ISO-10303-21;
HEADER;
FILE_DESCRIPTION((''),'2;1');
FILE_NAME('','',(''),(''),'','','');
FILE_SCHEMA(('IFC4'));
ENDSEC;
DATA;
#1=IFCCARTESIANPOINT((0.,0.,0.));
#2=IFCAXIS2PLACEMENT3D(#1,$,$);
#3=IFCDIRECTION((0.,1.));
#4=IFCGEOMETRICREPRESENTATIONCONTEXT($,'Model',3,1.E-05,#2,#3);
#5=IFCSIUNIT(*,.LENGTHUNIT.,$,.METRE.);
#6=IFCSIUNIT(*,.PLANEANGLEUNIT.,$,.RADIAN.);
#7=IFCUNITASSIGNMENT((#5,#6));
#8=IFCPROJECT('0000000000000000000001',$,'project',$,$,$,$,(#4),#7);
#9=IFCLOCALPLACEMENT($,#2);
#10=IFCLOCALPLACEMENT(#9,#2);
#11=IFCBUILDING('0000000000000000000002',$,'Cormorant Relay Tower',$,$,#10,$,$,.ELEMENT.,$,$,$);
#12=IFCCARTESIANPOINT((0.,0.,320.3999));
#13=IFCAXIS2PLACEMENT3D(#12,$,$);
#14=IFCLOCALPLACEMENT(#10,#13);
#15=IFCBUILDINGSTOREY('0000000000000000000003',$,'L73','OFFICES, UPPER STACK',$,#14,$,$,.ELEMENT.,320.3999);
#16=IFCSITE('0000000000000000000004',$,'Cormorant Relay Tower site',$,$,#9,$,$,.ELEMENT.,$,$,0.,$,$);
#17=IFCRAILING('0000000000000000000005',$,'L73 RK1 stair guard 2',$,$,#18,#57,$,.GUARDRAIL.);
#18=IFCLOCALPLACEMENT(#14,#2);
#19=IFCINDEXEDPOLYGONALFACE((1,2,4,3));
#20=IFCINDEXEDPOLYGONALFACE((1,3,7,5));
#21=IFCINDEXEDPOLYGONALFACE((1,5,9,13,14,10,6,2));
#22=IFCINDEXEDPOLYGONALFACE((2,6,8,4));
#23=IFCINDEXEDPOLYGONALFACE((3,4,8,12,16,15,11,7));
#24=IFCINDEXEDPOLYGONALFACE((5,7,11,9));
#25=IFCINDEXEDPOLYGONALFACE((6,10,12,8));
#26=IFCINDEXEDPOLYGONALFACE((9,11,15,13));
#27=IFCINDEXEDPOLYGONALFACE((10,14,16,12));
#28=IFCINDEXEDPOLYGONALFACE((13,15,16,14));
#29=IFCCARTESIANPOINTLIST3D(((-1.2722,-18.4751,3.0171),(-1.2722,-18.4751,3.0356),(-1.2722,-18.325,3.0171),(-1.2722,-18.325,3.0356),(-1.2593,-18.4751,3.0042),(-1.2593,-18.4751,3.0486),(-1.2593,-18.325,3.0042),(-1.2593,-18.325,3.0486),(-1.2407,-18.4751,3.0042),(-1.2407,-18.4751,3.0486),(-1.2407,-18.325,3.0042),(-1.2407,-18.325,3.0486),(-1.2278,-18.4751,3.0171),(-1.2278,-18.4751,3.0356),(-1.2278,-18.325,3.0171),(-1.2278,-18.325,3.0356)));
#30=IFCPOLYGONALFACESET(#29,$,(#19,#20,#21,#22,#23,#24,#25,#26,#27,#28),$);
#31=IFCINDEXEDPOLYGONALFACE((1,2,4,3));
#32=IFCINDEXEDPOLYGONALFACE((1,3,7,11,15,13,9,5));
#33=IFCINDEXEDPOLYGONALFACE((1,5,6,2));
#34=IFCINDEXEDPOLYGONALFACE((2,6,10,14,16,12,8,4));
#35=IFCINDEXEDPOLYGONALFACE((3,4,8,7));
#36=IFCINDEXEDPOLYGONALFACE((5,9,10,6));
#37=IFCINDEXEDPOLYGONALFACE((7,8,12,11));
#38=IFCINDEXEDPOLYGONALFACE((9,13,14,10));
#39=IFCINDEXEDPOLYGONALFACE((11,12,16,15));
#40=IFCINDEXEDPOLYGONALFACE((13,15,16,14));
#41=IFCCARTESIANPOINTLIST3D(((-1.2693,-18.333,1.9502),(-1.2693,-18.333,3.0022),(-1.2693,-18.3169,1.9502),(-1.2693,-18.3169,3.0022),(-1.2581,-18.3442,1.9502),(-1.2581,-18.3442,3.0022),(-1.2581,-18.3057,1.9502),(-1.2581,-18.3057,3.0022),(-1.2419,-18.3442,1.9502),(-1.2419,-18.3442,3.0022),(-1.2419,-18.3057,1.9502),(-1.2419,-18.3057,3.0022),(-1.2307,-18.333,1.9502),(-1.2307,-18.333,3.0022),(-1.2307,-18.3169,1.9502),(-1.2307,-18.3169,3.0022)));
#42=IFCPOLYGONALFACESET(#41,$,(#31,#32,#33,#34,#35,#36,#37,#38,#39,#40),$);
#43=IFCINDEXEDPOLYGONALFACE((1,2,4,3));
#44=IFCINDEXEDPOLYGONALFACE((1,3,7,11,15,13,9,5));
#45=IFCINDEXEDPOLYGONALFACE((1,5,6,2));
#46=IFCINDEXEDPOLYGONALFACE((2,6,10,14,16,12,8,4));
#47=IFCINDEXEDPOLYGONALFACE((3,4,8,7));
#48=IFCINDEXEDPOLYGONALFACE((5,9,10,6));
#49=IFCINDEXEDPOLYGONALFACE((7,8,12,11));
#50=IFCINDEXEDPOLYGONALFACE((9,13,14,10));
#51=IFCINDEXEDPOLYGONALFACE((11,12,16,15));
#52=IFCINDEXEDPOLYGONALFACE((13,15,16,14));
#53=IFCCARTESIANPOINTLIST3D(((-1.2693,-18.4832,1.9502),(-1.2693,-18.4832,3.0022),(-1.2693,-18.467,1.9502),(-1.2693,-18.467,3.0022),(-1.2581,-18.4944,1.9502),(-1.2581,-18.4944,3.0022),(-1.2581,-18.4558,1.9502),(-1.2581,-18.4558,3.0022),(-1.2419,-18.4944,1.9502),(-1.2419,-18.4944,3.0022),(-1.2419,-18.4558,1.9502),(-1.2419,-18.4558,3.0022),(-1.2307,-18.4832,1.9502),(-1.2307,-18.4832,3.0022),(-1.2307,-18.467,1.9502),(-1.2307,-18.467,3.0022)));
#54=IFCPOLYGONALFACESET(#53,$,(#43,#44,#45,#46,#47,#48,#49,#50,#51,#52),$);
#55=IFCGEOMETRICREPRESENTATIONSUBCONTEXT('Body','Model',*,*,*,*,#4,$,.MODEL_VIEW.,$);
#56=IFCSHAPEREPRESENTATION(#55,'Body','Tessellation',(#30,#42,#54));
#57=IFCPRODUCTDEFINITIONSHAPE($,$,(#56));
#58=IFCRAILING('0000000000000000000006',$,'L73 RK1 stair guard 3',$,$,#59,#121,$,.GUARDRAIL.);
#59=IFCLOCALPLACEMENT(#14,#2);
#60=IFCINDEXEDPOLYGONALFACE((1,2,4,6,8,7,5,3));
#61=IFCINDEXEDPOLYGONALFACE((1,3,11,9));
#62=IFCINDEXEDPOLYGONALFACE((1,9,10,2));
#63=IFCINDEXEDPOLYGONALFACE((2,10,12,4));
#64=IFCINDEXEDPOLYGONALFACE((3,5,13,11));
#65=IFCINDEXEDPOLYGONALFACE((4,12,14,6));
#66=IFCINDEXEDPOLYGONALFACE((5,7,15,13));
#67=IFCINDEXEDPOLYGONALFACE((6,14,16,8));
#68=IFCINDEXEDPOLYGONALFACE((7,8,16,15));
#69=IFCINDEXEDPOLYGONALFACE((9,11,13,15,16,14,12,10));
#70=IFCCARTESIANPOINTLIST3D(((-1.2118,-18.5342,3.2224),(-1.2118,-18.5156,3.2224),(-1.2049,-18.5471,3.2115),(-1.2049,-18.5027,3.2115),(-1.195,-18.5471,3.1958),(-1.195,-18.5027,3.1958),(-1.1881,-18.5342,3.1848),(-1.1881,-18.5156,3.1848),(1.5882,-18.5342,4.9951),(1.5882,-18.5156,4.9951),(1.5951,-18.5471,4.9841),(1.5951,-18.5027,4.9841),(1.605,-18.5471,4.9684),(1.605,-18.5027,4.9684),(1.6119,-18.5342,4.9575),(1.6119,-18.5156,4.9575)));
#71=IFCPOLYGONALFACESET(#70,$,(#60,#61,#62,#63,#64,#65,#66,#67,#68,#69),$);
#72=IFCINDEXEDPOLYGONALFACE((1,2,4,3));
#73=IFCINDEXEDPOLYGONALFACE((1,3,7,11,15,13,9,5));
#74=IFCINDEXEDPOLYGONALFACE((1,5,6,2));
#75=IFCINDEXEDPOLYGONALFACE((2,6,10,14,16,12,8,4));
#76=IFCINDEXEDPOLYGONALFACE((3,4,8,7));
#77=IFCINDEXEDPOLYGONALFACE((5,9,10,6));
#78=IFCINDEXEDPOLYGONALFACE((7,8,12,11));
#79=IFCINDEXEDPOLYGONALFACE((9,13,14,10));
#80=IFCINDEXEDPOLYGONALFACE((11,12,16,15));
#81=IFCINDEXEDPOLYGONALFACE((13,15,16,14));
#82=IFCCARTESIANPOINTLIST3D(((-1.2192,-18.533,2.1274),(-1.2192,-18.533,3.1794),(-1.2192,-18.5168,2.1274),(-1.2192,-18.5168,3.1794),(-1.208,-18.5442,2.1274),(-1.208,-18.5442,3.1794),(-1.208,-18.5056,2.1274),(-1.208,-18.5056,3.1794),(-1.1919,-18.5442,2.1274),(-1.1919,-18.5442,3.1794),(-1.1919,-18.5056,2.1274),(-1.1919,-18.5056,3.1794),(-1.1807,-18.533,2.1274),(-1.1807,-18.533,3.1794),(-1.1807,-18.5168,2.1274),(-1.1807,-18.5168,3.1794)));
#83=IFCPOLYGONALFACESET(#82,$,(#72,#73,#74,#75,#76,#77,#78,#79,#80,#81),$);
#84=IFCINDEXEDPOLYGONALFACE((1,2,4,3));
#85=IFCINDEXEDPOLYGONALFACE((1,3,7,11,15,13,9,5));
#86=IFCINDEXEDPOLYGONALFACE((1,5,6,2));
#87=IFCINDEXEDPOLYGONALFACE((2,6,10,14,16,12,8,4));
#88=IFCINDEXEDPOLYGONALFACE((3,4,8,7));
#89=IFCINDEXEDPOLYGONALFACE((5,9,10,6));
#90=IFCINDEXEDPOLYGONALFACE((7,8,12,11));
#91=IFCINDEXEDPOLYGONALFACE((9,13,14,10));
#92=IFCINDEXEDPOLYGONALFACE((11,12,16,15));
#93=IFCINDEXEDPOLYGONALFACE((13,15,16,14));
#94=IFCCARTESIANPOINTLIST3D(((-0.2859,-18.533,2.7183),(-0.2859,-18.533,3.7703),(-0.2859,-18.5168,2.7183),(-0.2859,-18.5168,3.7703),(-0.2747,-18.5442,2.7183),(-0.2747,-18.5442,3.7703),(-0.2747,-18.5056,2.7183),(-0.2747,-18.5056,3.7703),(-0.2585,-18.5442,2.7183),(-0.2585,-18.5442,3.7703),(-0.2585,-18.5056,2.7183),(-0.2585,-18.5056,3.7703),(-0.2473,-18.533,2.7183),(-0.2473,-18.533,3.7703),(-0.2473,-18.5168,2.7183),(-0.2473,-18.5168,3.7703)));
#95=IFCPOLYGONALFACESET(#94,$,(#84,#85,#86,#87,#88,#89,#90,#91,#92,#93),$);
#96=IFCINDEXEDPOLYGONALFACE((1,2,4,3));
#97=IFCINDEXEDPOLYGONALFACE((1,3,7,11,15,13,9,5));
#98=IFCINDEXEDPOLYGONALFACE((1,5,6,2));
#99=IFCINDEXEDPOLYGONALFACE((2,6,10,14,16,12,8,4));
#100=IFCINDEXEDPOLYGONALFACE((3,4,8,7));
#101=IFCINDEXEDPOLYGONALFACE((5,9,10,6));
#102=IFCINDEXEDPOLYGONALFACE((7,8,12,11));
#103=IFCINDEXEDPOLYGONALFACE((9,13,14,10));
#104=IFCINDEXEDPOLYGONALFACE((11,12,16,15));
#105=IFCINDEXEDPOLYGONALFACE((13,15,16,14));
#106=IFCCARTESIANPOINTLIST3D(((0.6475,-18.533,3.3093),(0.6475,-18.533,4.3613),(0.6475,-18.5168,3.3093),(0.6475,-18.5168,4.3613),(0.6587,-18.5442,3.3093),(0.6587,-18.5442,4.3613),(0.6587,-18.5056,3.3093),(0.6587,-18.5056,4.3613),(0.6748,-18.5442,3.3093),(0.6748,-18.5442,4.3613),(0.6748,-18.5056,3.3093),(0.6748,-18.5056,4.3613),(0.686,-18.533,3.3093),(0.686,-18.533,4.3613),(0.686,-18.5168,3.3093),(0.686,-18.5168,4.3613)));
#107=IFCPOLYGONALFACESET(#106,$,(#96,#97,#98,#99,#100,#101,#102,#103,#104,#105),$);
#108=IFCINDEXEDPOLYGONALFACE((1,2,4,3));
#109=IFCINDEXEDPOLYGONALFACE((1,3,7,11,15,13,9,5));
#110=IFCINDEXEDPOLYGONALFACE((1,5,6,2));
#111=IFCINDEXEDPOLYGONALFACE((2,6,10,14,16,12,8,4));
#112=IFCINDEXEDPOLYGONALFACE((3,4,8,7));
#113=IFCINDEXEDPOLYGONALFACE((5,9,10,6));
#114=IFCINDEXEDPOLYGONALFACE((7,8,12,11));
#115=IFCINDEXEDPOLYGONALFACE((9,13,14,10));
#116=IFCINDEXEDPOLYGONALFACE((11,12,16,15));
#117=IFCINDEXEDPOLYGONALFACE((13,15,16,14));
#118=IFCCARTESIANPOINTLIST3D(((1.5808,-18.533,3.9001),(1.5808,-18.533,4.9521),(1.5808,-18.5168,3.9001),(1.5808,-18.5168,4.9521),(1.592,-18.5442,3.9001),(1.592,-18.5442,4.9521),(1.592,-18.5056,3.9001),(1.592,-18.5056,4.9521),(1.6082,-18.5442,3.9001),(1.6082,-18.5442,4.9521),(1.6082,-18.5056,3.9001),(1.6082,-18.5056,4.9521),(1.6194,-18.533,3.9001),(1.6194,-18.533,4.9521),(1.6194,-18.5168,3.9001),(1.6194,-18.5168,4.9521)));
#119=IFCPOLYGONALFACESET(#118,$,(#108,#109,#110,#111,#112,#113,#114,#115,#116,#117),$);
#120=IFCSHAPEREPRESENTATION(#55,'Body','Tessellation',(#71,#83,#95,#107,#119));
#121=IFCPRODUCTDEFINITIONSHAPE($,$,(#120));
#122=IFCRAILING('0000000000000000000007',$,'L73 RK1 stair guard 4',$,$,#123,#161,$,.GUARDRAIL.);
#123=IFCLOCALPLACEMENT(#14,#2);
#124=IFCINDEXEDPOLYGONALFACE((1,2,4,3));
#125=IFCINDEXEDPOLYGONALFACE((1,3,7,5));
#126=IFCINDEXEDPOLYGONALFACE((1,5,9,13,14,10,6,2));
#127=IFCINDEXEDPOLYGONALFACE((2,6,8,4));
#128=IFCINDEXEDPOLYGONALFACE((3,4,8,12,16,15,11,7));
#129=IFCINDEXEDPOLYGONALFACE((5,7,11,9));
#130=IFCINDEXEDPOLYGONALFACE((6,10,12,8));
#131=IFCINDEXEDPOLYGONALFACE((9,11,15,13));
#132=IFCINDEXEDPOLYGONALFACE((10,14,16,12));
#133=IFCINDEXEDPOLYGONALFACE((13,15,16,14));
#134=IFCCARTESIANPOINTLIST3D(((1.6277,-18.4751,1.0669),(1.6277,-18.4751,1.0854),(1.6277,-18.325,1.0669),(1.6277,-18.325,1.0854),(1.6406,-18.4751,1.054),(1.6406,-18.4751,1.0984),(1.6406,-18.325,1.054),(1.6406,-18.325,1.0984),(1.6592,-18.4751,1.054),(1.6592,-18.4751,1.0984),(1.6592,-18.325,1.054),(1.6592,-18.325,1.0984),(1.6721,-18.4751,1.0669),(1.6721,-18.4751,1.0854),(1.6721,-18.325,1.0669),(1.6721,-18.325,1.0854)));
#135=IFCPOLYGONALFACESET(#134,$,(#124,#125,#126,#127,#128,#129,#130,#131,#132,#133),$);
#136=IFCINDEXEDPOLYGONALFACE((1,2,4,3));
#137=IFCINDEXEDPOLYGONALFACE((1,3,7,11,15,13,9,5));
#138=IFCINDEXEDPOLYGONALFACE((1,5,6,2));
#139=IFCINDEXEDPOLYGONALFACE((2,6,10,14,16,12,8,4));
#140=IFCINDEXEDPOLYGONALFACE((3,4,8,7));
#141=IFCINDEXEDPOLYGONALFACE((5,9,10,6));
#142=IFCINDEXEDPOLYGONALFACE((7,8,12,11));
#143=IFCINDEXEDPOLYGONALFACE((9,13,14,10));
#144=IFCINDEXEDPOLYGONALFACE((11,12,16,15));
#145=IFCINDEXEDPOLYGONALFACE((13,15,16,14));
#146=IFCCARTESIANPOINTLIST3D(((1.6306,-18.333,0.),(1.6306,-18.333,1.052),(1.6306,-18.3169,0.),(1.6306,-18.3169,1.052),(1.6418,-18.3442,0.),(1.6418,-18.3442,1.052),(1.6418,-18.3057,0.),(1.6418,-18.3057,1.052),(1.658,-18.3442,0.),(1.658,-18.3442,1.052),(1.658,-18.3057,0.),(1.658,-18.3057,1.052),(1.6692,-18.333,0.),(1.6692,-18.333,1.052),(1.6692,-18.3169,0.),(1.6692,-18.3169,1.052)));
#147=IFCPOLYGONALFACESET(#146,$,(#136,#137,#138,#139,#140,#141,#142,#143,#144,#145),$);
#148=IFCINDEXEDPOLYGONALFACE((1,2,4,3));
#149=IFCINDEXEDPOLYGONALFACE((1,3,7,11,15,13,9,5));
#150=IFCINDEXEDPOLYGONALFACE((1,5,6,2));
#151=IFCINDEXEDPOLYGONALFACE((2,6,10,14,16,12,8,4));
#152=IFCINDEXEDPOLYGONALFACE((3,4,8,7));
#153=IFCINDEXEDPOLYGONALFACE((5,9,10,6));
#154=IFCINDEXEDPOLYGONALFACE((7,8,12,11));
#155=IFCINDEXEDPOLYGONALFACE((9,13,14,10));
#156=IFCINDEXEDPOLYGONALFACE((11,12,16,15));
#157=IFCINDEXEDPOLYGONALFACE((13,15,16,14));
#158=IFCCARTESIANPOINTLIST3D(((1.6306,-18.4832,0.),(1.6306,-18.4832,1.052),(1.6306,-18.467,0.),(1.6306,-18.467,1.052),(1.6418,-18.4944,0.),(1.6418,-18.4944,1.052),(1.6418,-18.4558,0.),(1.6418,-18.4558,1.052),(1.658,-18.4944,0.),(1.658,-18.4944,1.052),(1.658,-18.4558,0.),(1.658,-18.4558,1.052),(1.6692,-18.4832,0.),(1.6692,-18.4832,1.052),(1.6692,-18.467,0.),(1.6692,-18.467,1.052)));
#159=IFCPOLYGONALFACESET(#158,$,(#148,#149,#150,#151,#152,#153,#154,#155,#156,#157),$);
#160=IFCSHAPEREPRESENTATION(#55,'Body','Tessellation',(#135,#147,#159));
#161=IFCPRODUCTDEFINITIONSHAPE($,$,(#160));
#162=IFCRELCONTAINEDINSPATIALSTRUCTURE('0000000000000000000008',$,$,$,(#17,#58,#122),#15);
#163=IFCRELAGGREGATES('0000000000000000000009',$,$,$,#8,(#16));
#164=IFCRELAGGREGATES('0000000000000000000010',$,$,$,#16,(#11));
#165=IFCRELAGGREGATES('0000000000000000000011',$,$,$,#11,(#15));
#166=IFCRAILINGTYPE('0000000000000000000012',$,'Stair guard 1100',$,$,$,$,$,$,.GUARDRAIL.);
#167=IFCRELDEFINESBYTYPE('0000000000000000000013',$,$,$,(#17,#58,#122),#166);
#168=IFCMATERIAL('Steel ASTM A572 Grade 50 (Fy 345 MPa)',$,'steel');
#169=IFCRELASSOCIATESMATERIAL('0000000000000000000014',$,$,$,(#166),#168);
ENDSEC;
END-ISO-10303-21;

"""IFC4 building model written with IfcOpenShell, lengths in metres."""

from ifc_helpers import new_model, si_unit, direction, frame, origin, place, context, subcontext, project, spatial, polyline, outline, extrude, material, type_object, element, save


model = new_model("IFC4")

# Units and contexts
model_context = context("Model", 3, precision=1e-05, world=origin(), true_north=direction((0.0, 1.0)))
body_context = subcontext(model_context, "Body", "Model", "MODEL_VIEW")
ifc_project = project(units=[si_unit("LENGTHUNIT", "METRE"), si_unit("PLANEANGLEUNIT", "RADIAN")], contexts=[model_context])

# Site, building, storey
site_placement = place(None, origin())
site = spatial("IfcSite", under=ifc_project, at=site_placement, Name="Cormorant Relay Tower site", CompositionType="ELEMENT", RefElevation=0.0)
building_placement = place(site_placement, origin())
building = spatial("IfcBuilding", under=site, at=building_placement, Name="Cormorant Relay Tower", CompositionType="ELEMENT")
storey_placement = place(building_placement, frame((0.0, 0.0, 320.3999)))
storey = spatial("IfcBuildingStorey", under=building, at=storey_placement, Name="L73", Description="OFFICES, UPPER STACK", CompositionType="ELEMENT", Elevation=320.3999)

# Railings
ifc_material_1 = material(Name="Steel ASTM A572 Grade 50 (Fy 345 MPa)", Category="steel")
railing_type_1 = type_object("IfcRailingType", Name="Stair guard 1100", PredefinedType="GUARDRAIL", material=ifc_material_1)
railing_1_placement = place(storey_placement, frame((-1.25, -18.325, 1.9502)))
element("IfcRailing", 1, at=railing_1_placement, inside=storey, type_object=railing_type_1, Name="L73 RK1 stair guard 2", PredefinedType="GUARDRAIL", context=body_context, shape_type="SweptSolid", body=[
    extrude(outline(polyline([(0.0222, 0.0093), (0.0093, 0.0222), (-0.0093, 0.0222), (-0.0222, 0.0093), (-0.0222, -0.0093), (-0.0093, -0.0222), (0.0093, -0.0222), (0.0222, -0.0093), (0.0222, 0.0093)])), frame((0.0, 0.0, 1.0762), z_axis=(0.0, -1.0, 0.0), x_axis=(1.0, 0.0, 0.0)), (0.0, 0.0, 1.0), 0.1501),
    extrude(outline(polyline([(0.0193, 0.0081), (0.0081, 0.0193), (-0.0081, 0.0193), (-0.0193, 0.0081), (-0.0193, -0.0081), (-0.0081, -0.0193), (0.0081, -0.0193), (0.0193, -0.0081), (0.0193, 0.0081)])), origin(), (0.0, 0.0, 1.0), 1.052),
    extrude(outline(polyline([(0.0193, 0.0081), (0.0081, 0.0193), (-0.0081, 0.0193), (-0.0193, 0.0081), (-0.0193, -0.0081), (-0.0081, -0.0193), (0.0081, -0.0193), (0.0193, -0.0081), (0.0193, 0.0081)])), frame((0.0, -0.1501, 0.0)), (0.0, 0.0, 1.0), 1.052),
])
railing_2_placement = place(storey_placement, frame((-1.2, -18.5249, 2.1274)))
element("IfcRailing", 2, at=railing_2_placement, inside=storey, type_object=railing_type_1, Name="L73 RK1 stair guard 3", PredefinedType="GUARDRAIL", context=body_context, shape_type="SweptSolid", body=[
    extrude(outline(polyline([(0.0222, 0.0093), (0.0093, 0.0222), (-0.0093, 0.0222), (-0.0222, 0.0093), (-0.0222, -0.0093), (-0.0093, -0.0222), (0.0093, -0.0222), (0.0222, -0.0093), (0.0222, 0.0093)])), frame((0.0, 0.0, 1.0762), z_axis=(0.844909, 0.0, 0.53491), x_axis=(0.0, 1.0, 0.0)), (0.0, 0.0, 1.0), 3.314),
    extrude(outline(polyline([(0.0193, 0.0081), (0.0081, 0.0193), (-0.0081, 0.0193), (-0.0193, 0.0081), (-0.0193, -0.0081), (-0.0081, -0.0193), (0.0081, -0.0193), (0.0193, -0.0081), (0.0193, 0.0081)])), origin(), (0.0, 0.0, 1.0), 1.052),
    extrude(outline(polyline([(0.0193, 0.0081), (0.0081, 0.0193), (-0.0081, 0.0193), (-0.0193, 0.0081), (-0.0193, -0.0081), (-0.0081, -0.0193), (0.0081, -0.0193), (0.0193, -0.0081), (0.0193, 0.0081)])), frame((0.9333, 0.0, 0.5908)), (0.0, 0.0, 1.0), 1.052),
    extrude(outline(polyline([(0.0193, 0.0081), (0.0081, 0.0193), (-0.0081, 0.0193), (-0.0193, 0.0081), (-0.0193, -0.0081), (-0.0081, -0.0193), (0.0081, -0.0193), (0.0193, -0.0081), (0.0193, 0.0081)])), frame((1.8667, 0.0, 1.1819)), (0.0, 0.0, 1.0), 1.052),
    extrude(outline(polyline([(0.0193, 0.0081), (0.0081, 0.0193), (-0.0081, 0.0193), (-0.0193, 0.0081), (-0.0193, -0.0081), (-0.0081, -0.0193), (0.0081, -0.0193), (0.0193, -0.0081), (0.0193, 0.0081)])), frame((2.8, 0.0, 1.7727)), (0.0, 0.0, 1.0), 1.052),
])
railing_3_placement = place(storey_placement, frame((1.6499, -18.325, 0.0)))
element("IfcRailing", 3, at=railing_3_placement, inside=storey, type_object=railing_type_1, Name="L73 RK1 stair guard 4", PredefinedType="GUARDRAIL", context=body_context, shape_type="SweptSolid", body=[
    extrude(outline(polyline([(0.0222, 0.0093), (0.0093, 0.0222), (-0.0093, 0.0222), (-0.0222, 0.0093), (-0.0222, -0.0093), (-0.0093, -0.0222), (0.0093, -0.0222), (0.0222, -0.0093), (0.0222, 0.0093)])), frame((0.0, 0.0, 1.0762), z_axis=(0.0, -1.0, 0.0), x_axis=(1.0, 0.0, 0.0)), (0.0, 0.0, 1.0), 0.1501),
    extrude(outline(polyline([(0.0193, 0.0081), (0.0081, 0.0193), (-0.0081, 0.0193), (-0.0193, 0.0081), (-0.0193, -0.0081), (-0.0081, -0.0193), (0.0081, -0.0193), (0.0193, -0.0081), (0.0193, 0.0081)])), origin(), (0.0, 0.0, 1.0), 1.052),
    extrude(outline(polyline([(0.0193, 0.0081), (0.0081, 0.0193), (-0.0081, 0.0193), (-0.0193, 0.0081), (-0.0193, -0.0081), (-0.0081, -0.0193), (0.0081, -0.0193), (0.0193, -0.0081), (0.0193, 0.0081)])), frame((0.0, -0.1501, 0.0)), (0.0, 0.0, 1.0), 1.052),
])

save(model, "model.ifc")
